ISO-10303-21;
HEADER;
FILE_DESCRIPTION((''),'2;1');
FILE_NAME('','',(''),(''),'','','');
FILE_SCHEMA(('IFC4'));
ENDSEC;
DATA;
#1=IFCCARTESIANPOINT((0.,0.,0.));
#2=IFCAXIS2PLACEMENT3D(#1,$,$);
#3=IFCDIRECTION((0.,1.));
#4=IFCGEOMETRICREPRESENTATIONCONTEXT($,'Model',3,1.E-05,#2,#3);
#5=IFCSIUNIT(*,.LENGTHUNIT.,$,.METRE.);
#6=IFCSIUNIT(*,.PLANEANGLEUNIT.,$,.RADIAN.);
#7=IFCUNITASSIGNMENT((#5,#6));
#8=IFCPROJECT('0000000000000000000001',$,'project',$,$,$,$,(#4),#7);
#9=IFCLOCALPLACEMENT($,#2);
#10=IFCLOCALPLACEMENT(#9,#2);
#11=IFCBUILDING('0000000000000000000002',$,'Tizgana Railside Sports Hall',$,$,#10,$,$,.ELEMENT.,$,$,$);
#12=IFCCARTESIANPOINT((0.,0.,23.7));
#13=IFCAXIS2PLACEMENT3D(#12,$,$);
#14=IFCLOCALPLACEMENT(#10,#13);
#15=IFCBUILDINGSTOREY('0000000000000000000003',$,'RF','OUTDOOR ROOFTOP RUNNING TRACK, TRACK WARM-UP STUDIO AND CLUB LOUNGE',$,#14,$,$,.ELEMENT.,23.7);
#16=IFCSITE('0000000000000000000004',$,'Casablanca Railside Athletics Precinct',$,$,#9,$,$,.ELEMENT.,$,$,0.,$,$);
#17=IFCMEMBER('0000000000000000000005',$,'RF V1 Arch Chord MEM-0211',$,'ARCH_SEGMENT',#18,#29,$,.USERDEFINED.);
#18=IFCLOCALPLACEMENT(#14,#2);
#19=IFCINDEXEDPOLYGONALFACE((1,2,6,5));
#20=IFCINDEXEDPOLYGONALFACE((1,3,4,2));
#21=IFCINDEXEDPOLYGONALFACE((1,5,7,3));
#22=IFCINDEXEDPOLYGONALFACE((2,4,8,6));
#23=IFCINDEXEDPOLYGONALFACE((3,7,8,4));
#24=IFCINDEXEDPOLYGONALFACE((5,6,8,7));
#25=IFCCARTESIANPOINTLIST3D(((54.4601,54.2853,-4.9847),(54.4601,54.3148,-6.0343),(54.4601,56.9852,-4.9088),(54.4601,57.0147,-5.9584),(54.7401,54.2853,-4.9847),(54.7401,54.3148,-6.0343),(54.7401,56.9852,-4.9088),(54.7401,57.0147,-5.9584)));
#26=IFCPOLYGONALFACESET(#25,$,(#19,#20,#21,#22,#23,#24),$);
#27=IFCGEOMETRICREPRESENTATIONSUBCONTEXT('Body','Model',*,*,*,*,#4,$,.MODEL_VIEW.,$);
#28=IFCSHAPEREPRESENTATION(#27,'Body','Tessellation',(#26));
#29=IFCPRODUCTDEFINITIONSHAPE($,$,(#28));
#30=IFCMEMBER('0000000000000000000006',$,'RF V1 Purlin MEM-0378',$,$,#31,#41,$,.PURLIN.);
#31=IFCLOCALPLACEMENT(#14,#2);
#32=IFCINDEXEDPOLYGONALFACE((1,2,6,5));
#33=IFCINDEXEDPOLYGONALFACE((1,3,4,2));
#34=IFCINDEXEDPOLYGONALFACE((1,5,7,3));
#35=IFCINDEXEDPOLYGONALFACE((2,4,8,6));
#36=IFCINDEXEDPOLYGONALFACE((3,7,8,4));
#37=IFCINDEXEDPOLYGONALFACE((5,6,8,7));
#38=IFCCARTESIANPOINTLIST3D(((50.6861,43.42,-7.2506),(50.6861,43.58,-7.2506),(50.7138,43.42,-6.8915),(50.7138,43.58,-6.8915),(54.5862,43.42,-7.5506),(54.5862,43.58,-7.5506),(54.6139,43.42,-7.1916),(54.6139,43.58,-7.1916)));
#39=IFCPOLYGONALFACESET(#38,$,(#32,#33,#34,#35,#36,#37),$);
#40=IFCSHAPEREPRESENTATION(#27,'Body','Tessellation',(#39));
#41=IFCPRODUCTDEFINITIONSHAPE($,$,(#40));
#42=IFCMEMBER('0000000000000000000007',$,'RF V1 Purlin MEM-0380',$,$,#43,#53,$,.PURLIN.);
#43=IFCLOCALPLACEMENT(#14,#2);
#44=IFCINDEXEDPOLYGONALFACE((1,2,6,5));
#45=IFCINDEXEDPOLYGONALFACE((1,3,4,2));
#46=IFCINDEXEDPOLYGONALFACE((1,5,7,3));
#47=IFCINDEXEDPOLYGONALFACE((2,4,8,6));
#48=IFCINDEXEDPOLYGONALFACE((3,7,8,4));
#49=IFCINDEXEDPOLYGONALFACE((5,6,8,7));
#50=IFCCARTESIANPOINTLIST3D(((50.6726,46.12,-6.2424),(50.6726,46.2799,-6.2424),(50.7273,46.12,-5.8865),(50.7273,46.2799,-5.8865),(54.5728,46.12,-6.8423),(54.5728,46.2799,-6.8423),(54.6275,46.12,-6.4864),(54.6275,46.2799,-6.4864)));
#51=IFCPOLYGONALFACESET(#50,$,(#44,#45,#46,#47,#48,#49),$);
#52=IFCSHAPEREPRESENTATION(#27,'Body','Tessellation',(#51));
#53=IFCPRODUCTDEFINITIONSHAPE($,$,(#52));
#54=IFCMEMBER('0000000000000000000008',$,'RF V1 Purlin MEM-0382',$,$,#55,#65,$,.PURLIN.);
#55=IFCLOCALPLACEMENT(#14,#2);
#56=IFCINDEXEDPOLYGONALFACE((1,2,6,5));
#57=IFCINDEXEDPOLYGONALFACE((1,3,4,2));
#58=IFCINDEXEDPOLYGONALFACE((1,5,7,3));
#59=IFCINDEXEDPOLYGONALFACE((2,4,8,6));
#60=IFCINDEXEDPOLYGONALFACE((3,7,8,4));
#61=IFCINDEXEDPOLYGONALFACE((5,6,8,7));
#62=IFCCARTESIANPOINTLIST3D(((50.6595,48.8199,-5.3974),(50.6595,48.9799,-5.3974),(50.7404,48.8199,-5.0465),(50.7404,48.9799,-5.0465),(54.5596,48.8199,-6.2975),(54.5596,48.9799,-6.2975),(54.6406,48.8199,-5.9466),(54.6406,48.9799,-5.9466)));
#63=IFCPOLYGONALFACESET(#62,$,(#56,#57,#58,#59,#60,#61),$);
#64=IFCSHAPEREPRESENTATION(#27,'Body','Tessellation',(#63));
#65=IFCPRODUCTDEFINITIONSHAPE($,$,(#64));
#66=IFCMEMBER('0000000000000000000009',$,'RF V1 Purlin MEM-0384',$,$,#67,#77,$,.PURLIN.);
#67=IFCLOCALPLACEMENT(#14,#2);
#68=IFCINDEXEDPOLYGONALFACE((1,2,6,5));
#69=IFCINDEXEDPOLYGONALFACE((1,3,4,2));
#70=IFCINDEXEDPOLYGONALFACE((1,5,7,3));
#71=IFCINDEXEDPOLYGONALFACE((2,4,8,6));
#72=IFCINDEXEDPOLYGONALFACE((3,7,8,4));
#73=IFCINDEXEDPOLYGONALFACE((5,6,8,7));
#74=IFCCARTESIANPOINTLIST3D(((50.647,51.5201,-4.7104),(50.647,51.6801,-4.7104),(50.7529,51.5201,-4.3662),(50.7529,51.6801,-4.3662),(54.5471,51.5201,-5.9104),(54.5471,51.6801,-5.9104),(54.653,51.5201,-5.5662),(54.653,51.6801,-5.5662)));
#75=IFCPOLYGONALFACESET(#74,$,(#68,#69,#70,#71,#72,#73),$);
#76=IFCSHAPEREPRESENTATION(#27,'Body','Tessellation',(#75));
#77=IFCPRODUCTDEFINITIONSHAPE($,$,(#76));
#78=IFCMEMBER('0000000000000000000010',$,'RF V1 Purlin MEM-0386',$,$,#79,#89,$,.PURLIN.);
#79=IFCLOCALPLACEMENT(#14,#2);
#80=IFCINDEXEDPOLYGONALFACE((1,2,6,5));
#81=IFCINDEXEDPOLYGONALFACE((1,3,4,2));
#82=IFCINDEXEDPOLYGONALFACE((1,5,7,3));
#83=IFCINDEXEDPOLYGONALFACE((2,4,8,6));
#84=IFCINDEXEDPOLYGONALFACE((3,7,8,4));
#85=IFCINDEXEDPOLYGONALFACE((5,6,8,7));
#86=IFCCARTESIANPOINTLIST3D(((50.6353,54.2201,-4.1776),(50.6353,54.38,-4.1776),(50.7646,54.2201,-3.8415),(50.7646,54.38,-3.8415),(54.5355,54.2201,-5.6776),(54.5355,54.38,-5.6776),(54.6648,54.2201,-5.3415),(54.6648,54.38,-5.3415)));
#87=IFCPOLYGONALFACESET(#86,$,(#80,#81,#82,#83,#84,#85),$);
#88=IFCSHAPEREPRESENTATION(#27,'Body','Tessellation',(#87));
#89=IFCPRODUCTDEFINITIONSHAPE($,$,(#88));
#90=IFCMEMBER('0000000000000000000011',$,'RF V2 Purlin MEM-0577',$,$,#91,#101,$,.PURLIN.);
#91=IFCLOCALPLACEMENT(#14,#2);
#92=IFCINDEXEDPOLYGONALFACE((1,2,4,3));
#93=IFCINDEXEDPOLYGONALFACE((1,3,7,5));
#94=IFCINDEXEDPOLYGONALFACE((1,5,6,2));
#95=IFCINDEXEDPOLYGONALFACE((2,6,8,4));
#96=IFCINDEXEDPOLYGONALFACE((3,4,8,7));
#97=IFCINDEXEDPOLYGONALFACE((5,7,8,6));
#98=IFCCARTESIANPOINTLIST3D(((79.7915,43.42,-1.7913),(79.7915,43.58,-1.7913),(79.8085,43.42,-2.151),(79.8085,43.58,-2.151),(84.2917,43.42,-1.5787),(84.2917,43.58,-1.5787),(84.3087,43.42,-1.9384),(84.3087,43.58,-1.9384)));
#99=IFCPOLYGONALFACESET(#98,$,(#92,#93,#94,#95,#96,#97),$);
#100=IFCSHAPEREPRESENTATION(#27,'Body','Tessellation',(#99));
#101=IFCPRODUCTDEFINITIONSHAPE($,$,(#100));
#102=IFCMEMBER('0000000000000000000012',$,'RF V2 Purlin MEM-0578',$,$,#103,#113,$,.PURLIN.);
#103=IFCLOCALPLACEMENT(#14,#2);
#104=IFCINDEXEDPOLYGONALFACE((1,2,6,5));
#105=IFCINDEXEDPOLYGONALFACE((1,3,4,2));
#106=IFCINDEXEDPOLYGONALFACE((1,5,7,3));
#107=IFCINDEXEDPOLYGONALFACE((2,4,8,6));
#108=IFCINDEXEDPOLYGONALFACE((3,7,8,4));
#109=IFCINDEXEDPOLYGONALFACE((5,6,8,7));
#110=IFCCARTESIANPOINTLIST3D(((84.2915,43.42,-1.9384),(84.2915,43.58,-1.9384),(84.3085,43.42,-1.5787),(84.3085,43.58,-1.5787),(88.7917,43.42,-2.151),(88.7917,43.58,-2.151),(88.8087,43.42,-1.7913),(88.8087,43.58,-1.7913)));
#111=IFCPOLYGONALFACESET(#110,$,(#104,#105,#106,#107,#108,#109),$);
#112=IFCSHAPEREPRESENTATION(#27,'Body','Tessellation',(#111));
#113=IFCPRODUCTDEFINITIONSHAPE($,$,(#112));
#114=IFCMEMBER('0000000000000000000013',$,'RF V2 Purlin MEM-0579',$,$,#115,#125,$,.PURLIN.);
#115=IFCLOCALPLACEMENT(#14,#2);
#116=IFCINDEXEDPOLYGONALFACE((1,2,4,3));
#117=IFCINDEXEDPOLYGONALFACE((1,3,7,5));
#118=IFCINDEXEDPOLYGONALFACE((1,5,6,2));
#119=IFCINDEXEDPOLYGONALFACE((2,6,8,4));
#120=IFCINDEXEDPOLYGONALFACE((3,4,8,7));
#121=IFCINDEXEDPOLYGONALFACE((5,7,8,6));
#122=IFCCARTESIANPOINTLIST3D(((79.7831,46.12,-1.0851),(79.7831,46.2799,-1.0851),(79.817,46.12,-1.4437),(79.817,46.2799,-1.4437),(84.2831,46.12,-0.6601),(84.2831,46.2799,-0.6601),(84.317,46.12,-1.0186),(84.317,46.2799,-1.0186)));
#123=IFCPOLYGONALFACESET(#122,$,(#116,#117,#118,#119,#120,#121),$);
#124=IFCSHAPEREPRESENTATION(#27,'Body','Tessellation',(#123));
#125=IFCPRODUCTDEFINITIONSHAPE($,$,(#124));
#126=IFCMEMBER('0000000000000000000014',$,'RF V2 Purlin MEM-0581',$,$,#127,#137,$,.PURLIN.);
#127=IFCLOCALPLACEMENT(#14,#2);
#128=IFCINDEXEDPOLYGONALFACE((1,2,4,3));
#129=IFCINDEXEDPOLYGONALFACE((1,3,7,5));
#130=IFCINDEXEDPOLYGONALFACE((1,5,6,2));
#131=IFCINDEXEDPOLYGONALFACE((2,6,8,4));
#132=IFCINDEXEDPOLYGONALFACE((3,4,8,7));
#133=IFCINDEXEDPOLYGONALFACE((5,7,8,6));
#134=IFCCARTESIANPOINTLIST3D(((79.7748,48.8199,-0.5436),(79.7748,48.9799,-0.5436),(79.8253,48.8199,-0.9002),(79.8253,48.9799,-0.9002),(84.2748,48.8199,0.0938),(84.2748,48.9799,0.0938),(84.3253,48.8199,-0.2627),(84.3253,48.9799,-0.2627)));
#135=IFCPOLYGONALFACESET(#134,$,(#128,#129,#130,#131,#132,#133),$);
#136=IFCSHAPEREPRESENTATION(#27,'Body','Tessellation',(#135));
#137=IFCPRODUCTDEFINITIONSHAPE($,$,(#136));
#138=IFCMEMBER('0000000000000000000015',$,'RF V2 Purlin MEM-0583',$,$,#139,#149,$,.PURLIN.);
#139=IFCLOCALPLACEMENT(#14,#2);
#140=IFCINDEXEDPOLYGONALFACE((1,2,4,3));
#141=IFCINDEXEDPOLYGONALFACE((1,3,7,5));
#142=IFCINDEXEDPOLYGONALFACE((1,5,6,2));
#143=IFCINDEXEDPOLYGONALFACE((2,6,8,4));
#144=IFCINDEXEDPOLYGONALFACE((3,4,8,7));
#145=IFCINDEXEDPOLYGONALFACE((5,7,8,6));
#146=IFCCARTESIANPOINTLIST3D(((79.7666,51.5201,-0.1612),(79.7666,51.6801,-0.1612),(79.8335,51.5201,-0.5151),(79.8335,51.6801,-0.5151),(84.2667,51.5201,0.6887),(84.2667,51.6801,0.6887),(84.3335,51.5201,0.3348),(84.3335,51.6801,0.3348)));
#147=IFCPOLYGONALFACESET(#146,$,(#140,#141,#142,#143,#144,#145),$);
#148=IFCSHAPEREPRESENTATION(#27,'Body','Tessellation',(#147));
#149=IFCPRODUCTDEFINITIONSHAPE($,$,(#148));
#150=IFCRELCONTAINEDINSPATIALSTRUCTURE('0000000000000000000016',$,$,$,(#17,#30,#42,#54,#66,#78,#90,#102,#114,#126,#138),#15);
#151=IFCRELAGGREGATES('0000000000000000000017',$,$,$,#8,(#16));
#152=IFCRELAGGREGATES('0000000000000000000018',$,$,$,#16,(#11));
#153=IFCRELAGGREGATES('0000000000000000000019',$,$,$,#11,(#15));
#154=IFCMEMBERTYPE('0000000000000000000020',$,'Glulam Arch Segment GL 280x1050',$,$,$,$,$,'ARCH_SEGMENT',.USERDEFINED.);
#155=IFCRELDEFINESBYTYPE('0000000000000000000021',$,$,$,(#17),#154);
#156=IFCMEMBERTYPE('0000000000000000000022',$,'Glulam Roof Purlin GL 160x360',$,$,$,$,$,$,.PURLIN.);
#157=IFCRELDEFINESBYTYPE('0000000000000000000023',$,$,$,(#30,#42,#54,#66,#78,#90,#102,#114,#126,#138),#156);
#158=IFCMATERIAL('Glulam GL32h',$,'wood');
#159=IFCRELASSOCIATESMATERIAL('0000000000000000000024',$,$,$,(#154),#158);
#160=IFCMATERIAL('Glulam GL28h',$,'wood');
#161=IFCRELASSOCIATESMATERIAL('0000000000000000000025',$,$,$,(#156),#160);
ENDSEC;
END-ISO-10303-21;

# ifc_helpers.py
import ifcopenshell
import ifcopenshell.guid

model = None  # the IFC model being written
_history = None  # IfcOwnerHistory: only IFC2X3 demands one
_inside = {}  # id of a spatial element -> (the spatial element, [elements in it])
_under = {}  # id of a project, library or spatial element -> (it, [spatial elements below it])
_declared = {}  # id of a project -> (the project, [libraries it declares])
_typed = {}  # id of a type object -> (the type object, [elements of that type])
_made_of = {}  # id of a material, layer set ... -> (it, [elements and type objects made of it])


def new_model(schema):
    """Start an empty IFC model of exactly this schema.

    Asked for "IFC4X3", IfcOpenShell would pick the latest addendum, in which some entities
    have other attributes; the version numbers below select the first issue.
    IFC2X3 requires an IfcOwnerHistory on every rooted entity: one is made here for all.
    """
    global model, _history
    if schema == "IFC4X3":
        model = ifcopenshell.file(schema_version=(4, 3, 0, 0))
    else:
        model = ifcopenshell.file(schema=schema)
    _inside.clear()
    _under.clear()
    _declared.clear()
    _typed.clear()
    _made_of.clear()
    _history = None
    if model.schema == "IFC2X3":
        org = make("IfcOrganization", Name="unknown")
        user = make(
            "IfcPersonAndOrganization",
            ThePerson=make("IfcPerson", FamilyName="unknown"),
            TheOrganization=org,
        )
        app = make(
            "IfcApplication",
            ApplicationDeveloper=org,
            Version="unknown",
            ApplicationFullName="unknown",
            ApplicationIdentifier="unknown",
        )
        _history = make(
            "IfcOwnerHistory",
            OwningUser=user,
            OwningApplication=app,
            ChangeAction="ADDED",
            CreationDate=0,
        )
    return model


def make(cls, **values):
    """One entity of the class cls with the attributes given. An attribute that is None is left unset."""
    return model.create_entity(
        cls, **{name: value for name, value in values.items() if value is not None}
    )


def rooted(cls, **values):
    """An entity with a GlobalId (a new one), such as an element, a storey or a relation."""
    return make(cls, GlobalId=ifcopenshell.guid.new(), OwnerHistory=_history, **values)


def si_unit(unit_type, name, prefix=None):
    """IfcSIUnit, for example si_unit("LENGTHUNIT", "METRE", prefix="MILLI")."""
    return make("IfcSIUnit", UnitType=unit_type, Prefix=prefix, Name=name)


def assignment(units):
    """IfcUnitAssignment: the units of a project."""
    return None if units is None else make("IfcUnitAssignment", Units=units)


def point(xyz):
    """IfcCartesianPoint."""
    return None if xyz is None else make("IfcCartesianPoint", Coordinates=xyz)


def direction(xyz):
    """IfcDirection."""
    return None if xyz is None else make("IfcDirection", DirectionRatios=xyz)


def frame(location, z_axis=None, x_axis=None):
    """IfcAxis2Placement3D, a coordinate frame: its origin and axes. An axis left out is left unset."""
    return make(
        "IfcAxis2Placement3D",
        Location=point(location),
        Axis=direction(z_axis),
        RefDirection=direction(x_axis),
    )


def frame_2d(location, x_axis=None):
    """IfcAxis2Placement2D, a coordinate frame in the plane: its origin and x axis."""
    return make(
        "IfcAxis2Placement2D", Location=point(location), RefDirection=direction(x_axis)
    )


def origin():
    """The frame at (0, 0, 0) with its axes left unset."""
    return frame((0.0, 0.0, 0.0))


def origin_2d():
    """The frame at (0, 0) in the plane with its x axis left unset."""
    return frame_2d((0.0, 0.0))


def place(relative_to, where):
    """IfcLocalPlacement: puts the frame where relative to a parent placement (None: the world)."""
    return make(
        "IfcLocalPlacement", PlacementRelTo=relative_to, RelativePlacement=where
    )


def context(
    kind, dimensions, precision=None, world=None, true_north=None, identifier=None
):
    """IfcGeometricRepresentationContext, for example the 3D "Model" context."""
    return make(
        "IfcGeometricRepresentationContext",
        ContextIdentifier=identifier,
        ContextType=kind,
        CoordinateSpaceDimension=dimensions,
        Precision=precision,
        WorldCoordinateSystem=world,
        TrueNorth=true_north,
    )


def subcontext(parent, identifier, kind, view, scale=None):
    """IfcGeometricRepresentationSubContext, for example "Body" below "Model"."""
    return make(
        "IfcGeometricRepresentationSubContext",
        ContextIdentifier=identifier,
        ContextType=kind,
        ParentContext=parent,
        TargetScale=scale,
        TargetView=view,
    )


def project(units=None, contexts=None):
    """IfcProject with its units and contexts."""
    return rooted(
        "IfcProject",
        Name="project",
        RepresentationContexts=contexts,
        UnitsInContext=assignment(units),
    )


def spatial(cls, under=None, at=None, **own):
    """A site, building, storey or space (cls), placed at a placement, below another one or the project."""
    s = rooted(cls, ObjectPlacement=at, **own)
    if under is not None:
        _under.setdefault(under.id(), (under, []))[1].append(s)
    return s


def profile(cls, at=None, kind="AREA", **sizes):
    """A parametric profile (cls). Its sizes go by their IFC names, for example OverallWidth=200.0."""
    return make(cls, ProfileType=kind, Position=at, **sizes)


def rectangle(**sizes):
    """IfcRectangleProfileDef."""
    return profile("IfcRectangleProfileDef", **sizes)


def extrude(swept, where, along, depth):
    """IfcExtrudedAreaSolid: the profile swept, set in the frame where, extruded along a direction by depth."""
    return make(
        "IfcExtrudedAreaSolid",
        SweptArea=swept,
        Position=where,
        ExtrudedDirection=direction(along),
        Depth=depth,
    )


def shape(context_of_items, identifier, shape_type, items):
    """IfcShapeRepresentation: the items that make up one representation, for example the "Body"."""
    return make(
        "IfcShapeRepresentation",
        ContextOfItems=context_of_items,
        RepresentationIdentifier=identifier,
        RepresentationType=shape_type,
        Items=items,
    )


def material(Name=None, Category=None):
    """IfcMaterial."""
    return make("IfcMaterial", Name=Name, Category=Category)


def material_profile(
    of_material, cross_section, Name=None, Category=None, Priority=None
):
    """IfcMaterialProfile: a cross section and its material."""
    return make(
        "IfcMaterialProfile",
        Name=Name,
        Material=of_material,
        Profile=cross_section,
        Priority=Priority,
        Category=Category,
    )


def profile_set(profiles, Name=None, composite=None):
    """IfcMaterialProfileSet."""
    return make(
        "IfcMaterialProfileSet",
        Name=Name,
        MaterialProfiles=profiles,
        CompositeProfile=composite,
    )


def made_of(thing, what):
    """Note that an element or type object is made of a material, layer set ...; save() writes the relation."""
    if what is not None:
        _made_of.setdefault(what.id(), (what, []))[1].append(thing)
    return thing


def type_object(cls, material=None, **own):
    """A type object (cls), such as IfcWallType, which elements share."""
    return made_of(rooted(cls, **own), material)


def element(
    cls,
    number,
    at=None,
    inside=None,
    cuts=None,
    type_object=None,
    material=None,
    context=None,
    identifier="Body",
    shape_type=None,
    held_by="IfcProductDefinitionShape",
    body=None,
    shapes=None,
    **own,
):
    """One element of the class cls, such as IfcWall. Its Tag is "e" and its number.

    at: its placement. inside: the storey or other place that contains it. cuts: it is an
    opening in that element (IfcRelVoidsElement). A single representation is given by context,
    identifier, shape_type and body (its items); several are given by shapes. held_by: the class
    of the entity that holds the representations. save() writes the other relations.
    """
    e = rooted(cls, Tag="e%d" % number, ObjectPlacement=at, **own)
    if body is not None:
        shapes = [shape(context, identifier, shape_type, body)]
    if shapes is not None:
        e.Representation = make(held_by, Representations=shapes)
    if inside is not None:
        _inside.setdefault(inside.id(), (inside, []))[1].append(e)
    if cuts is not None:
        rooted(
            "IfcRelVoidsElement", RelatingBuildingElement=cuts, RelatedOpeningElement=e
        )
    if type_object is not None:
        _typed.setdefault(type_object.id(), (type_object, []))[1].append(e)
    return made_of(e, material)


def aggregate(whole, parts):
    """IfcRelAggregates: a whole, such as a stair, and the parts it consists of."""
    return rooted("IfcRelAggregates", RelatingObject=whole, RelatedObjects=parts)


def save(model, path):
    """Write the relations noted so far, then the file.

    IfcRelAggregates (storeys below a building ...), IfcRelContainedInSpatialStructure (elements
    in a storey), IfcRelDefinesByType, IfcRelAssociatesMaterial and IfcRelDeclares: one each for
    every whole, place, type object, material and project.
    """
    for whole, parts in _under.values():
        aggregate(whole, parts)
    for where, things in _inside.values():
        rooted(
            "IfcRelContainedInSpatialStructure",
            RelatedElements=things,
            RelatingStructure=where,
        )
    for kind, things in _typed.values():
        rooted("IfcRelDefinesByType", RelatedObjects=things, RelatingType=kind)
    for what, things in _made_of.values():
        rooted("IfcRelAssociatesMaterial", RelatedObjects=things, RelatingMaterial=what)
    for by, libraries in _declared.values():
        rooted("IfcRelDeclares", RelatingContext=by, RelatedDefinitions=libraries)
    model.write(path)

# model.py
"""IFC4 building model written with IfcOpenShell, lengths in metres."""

from ifc_helpers import new_model, si_unit, direction, frame, origin, origin_2d, place, context, subcontext, project, spatial, rectangle, extrude, material, material_profile, profile_set, type_object, element, save


model = new_model("IFC4")

# Units and contexts
model_context = context("Model", 3, precision=1e-05, world=origin(), true_north=direction((0.0, 1.0)))
body_context = subcontext(model_context, "Body", "Model", "MODEL_VIEW")
ifc_project = project(units=[si_unit("LENGTHUNIT", "METRE"), si_unit("PLANEANGLEUNIT", "RADIAN")], contexts=[model_context])

# Site, building, storey
site_placement = place(None, origin())
site = spatial("IfcSite", under=ifc_project, at=site_placement, Name="Casablanca Railside Athletics Precinct", CompositionType="ELEMENT", RefElevation=0.0)
building_placement = place(site_placement, origin())
building = spatial("IfcBuilding", under=site, at=building_placement, Name="Tizgana Railside Sports Hall", CompositionType="ELEMENT")
storey_placement = place(building_placement, frame((0.0, 0.0, 23.7)))
storey = spatial("IfcBuildingStorey", under=building, at=storey_placement, Name="RF", Description="OUTDOOR ROOFTOP RUNNING TRACK, TRACK WARM-UP STUDIO AND CLUB LOUNGE", CompositionType="ELEMENT", Elevation=23.7)

# Members
ifc_material_1 = material(Name="Glulam GL32h", Category="wood")
ifc_material_profile_1 = material_profile(ifc_material_1, rectangle(XDim=0.28, YDim=1.05, at=origin_2d()), Name="GL 280x1050")
ifc_profile_set_1 = profile_set([ifc_material_profile_1], Name="Glulam GL32h")
member_type_1 = type_object("IfcMemberType", Name="Glulam Arch Segment GL 280x1050", ElementType="ARCH_SEGMENT", PredefinedType="USERDEFINED", material=ifc_profile_set_1)
member_1_placement = place(storey_placement, frame((54.6001, 54.3, -5.5095), z_axis=(0.0, 0.999605, 0.028111), x_axis=(-1.0, 0.0, 0.0)))
element("IfcMember", 1, at=member_1_placement, inside=storey, type_object=member_type_1, Name="RF V1 Arch Chord MEM-0211", ObjectType="ARCH_SEGMENT", PredefinedType="USERDEFINED", context=body_context, shape_type="SweptSolid", body=[
    extrude(rectangle(XDim=0.28, YDim=1.05, at=origin_2d()), origin(), (0.0, 0.0, 1.0), 2.7009),
])
ifc_material_2 = material(Name="Glulam GL28h", Category="wood")
ifc_material_profile_2 = material_profile(ifc_material_2, rectangle(XDim=0.1599, YDim=0.3601, at=origin_2d()), Name="GL 160x360")
ifc_profile_set_2 = profile_set([ifc_material_profile_2], Name="Glulam GL28h")
member_type_2 = type_object("IfcMemberType", Name="Glulam Roof Purlin GL 160x360", PredefinedType="PURLIN", material=ifc_profile_set_2)
member_2_placement = place(storey_placement, frame((50.7, 43.5, -7.071), z_axis=(0.997054, 0.0, -0.076706), x_axis=(0.0, 1.0, 0.0)))
element("IfcMember", 2, at=member_2_placement, inside=storey, type_object=member_type_2, Name="RF V1 Purlin MEM-0378", PredefinedType="PURLIN", context=body_context, shape_type="SweptSolid", body=[
    extrude(rectangle(XDim=0.1599, YDim=0.3601, at=origin_2d()), origin(), (0.0, 0.0, 1.0), 3.9116),
])
member_3_placement = place(storey_placement, frame((50.7, 46.2, -6.0645), z_axis=(0.988378, 0.0, -0.152015), x_axis=(0.0, 1.0, 0.0)))
element("IfcMember", 3, at=member_3_placement, inside=storey, type_object=member_type_2, Name="RF V1 Purlin MEM-0380", PredefinedType="PURLIN", context=body_context, shape_type="SweptSolid", body=[
    extrude(rectangle(XDim=0.1599, YDim=0.3601, at=origin_2d()), origin(), (0.0, 0.0, 1.0), 3.946),
])
member_4_placement = place(storey_placement, frame((50.7, 48.8999, -5.2219), z_axis=(0.974385, 0.0, -0.224886), x_axis=(0.0, 1.0, 0.0)))
element("IfcMember", 4, at=member_4_placement, inside=storey, type_object=member_type_2, Name="RF V1 Purlin MEM-0382", PredefinedType="PURLIN", context=body_context, shape_type="SweptSolid", body=[
    extrude(rectangle(XDim=0.1599, YDim=0.3601, at=origin_2d()), origin(), (0.0, 0.0, 1.0), 4.0027),
])
member_5_placement = place(storey_placement, frame((50.7, 51.6001, -4.5383), z_axis=(0.955785, 0.0, -0.294065), x_axis=(0.0, 1.0, 0.0)))
element("IfcMember", 5, at=member_5_placement, inside=storey, type_object=member_type_2, Name="RF V1 Purlin MEM-0384", PredefinedType="PURLIN", context=body_context, shape_type="SweptSolid", body=[
    extrude(rectangle(XDim=0.1599, YDim=0.3601, at=origin_2d()), origin(), (0.0, 0.0, 1.0), 4.0806),
])
member_6_placement = place(storey_placement, frame((50.7, 54.3, -4.0095), z_axis=(0.93335, 0.0, -0.358967), x_axis=(0.0, 1.0, 0.0)))
element("IfcMember", 6, at=member_6_placement, inside=storey, type_object=member_type_2, Name="RF V1 Purlin MEM-0386", PredefinedType="PURLIN", context=body_context, shape_type="SweptSolid", body=[
    extrude(rectangle(XDim=0.1599, YDim=0.3601, at=origin_2d()), origin(), (0.0, 0.0, 1.0), 4.1787),
])
for number, where, z_axis, x_axis, name in (
    (7, (79.8, 43.5, -1.9712), (0.998885, 0.0, 0.047202), (0.0, 1.0, 0.0), "RF V2 Purlin MEM-0577"),
    (8, (84.3, 43.5, -1.7585), (0.998885, 0.0, -0.047202), (0.0, 1.0, 0.0), "RF V2 Purlin MEM-0578"),
):
    element("IfcMember", number, at=place(storey_placement, frame(where, z_axis=z_axis, x_axis=x_axis)), inside=storey, type_object=member_type_2, Name=name, PredefinedType="PURLIN", context=body_context, shape_type="SweptSolid", body=[
        extrude(rectangle(XDim=0.1599, YDim=0.3601, at=origin_2d()), origin(), (0.0, 0.0, 1.0), 4.5051),
    ])
member_7_placement = place(storey_placement, frame((79.8, 46.2, -1.2644), z_axis=(0.995569, 0.0, 0.094037), x_axis=(0.0, 1.0, 0.0)))
element("IfcMember", 9, at=member_7_placement, inside=storey, type_object=member_type_2, Name="RF V2 Purlin MEM-0579", PredefinedType="PURLIN", context=body_context, shape_type="SweptSolid", body=[
    extrude(rectangle(XDim=0.1599, YDim=0.3601, at=origin_2d()), origin(), (0.0, 0.0, 1.0), 4.52),
])
member_8_placement = place(storey_placement, frame((79.8, 48.8999, -0.7219), z_axis=(0.990115, 0.0, 0.140256), x_axis=(0.0, 1.0, 0.0)))
element("IfcMember", 10, at=member_8_placement, inside=storey, type_object=member_type_2, Name="RF V2 Purlin MEM-0581", PredefinedType="PURLIN", context=body_context, shape_type="SweptSolid", body=[
    extrude(rectangle(XDim=0.1599, YDim=0.3601, at=origin_2d()), origin(), (0.0, 0.0, 1.0), 4.5449),
])
member_9_placement = place(storey_placement, frame((79.8, 51.6001, -0.3381), z_axis=(0.98263, 0.0, 0.185576), x_axis=(0.0, 1.0, 0.0)))
element("IfcMember", 11, at=member_9_placement, inside=storey, type_object=member_type_2, Name="RF V2 Purlin MEM-0583", PredefinedType="PURLIN", context=body_context, shape_type="SweptSolid", body=[
    extrude(rectangle(XDim=0.1599, YDim=0.3601, at=origin_2d()), origin(), (0.0, 0.0, 1.0), 4.5796),
])

save(model, "model.ifc")
